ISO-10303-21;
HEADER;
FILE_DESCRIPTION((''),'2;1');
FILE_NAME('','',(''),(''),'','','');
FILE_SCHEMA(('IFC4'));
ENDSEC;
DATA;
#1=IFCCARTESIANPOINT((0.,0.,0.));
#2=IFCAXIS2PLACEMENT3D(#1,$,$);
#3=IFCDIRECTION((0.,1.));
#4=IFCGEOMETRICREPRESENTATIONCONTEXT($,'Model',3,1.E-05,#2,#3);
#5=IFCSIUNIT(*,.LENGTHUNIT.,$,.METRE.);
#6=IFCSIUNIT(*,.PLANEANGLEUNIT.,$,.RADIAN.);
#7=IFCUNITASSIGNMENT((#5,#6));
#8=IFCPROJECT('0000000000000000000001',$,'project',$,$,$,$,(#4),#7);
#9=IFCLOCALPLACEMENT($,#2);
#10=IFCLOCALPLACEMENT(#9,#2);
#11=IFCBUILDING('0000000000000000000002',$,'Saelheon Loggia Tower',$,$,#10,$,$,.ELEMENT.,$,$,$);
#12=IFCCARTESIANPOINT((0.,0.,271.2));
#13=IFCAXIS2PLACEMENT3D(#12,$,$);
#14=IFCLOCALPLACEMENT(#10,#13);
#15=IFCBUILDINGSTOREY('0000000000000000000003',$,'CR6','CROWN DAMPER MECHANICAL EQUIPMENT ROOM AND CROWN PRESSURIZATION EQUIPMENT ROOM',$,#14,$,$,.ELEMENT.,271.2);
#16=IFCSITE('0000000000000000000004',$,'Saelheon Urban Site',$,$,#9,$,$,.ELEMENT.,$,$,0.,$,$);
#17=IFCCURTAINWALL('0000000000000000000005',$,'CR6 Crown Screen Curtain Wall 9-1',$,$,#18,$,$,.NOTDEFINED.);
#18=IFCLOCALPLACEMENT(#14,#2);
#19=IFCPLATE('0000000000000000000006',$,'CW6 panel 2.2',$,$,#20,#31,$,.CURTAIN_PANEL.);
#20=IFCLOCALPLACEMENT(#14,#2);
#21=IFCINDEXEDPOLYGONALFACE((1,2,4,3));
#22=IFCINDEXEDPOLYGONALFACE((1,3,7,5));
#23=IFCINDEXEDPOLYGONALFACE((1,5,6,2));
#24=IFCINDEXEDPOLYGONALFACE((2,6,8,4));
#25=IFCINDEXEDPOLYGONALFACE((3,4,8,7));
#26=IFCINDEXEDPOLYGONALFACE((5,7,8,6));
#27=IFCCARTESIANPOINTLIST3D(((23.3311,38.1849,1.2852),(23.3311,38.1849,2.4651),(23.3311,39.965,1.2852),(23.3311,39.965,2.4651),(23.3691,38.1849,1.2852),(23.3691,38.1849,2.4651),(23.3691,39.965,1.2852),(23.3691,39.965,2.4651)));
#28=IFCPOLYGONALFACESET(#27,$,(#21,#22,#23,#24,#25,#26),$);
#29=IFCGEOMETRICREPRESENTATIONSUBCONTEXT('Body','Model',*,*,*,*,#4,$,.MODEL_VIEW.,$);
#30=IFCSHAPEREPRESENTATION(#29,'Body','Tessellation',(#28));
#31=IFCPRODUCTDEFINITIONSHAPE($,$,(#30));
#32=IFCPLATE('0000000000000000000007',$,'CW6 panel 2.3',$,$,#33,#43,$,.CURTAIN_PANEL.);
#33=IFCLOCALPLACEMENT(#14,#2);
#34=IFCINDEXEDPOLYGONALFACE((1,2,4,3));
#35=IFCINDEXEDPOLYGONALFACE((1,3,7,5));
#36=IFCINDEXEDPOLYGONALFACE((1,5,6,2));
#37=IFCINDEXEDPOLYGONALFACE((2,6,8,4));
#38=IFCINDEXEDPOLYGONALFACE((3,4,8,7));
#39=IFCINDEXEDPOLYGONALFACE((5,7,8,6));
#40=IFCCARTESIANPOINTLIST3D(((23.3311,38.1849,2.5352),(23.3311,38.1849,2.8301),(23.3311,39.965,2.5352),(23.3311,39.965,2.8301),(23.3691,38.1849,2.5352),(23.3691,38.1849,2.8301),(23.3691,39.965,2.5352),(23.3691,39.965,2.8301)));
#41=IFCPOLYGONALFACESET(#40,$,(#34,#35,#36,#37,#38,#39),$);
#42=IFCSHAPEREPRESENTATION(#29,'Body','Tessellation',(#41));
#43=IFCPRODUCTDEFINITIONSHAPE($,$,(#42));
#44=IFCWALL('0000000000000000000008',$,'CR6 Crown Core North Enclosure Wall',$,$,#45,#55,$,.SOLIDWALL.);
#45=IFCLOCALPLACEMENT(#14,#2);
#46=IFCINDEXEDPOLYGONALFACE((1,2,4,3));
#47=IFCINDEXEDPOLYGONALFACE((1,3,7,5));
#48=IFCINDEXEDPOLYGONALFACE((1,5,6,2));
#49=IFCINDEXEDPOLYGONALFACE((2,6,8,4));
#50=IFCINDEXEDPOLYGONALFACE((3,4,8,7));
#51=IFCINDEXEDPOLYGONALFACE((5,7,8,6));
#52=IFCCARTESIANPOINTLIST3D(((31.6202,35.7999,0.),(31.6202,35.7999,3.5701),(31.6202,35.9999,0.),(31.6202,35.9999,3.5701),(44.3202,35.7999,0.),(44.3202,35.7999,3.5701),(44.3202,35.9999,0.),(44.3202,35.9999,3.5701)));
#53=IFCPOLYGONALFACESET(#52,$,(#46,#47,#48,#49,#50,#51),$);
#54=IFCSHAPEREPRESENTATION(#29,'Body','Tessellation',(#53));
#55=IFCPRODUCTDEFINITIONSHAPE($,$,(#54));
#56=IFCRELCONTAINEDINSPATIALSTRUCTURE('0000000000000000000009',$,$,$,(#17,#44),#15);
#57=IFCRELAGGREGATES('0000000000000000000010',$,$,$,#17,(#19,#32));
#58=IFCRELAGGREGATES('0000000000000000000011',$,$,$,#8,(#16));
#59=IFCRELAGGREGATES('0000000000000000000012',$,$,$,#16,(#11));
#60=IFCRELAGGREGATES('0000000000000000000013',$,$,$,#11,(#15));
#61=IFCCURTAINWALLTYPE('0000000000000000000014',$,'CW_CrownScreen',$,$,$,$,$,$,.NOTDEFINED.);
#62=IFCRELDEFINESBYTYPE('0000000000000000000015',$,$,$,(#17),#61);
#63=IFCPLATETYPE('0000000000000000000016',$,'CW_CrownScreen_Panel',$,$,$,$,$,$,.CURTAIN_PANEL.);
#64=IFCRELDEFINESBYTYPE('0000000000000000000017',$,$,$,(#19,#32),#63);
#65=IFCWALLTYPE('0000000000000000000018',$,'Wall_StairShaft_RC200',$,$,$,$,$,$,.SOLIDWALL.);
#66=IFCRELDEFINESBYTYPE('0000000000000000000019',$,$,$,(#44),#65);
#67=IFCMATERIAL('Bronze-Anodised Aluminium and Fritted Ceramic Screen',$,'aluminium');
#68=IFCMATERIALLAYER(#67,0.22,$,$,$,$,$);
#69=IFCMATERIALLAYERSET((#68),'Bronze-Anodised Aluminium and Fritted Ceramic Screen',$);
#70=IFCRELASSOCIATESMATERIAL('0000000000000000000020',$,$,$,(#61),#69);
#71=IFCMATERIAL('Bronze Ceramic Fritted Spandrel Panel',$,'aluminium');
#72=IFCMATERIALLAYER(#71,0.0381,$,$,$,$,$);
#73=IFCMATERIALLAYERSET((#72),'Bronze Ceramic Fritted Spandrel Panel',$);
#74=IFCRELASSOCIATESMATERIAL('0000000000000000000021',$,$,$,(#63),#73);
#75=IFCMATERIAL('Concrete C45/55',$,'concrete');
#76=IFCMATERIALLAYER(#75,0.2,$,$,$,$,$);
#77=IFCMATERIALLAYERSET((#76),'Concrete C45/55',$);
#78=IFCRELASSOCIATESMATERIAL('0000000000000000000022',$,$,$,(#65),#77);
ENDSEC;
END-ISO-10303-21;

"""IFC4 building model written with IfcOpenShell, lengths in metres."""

from ifc_helpers import new_model, si_unit, direction, frame, frame_2d, origin, origin_2d, place, context, subcontext, project, spatial, rectangle, extrude, source, transform, mapped, material, layer, layer_set, type_object, element, aggregate, save


model = new_model("IFC4")

# Units and contexts
model_context = context("Model", 3, precision=1e-05, world=origin(), true_north=direction((0.0, 1.0)))
body_context = subcontext(model_context, "Body", "Model", "MODEL_VIEW")
ifc_project = project(units=[si_unit("LENGTHUNIT", "METRE"), si_unit("PLANEANGLEUNIT", "RADIAN")], contexts=[model_context])

# Site, building, storey
site_placement = place(None, origin())
site = spatial("IfcSite", under=ifc_project, at=site_placement, Name="Saelheon Urban Site", CompositionType="ELEMENT", RefElevation=0.0)
building_placement = place(site_placement, origin())
building = spatial("IfcBuilding", under=site, at=building_placement, Name="Saelheon Loggia Tower", CompositionType="ELEMENT")
storey_placement = place(building_placement, frame((0.0, 0.0, 271.2)))
storey = spatial("IfcBuildingStorey", under=building, at=storey_placement, Name="CR6", Description="CROWN DAMPER MECHANICAL EQUIPMENT ROOM AND CROWN PRESSURIZATION EQUIPMENT ROOM", CompositionType="ELEMENT", Elevation=271.2)

# Curtain wall, plates
ifc_material_1 = material(Name="Bronze-Anodised Aluminium and Fritted Ceramic Screen", Category="aluminium")
ifc_layer_1 = layer(ifc_material_1, 0.22)
ifc_layer_set_1 = layer_set([ifc_layer_1], Name="Bronze-Anodised Aluminium and Fritted Ceramic Screen")
curtain_wall_type = type_object("IfcCurtainWallType", Name="CW_CrownScreen", PredefinedType="NOTDEFINED", material=ifc_layer_set_1)
curtain_wall_placement = place(storey_placement, origin())
curtain_wall = element("IfcCurtainWall", 1, at=curtain_wall_placement, inside=storey, type_object=curtain_wall_type, Name="CR6 Crown Screen Curtain Wall 9-1", PredefinedType="NOTDEFINED")
ifc_material_2 = material(Name="Bronze Ceramic Fritted Spandrel Panel", Category="aluminium")
ifc_layer_2 = layer(ifc_material_2, 0.0381)
ifc_layer_set_2 = layer_set([ifc_layer_2], Name="Bronze Ceramic Fritted Spandrel Panel")
plate_type = type_object("IfcPlateType", Name="CW_CrownScreen_Panel", PredefinedType="CURTAIN_PANEL", material=ifc_layer_set_2)
shared_shape_1 = source(origin(), body_context, "Body", "SweptSolid", [
    extrude(rectangle(XDim=1.78, YDim=0.0381, at=origin_2d()), origin(), (0.0, 0.0, 1.0), 1.1799),
])
plate_1_placement = place(storey_placement, frame((23.3501, 39.075, 1.2852), z_axis=(0.0, 0.0, 1.0), x_axis=(0.0, -1.0, 0.0)))
plate_1 = element("IfcPlate", 2, at=plate_1_placement, type_object=plate_type, Name="CW6 panel 2.2", PredefinedType="CURTAIN_PANEL", context=body_context, shape_type="MappedRepresentation", body=[
    mapped(shared_shape_1, transform((0.0, 0.0, 0.0), scale=1.0)),
])
shared_shape_2 = source(origin(), body_context, "Body", "SweptSolid", [
    extrude(rectangle(XDim=1.78, YDim=0.0381, at=origin_2d()), origin(), (0.0, 0.0, 1.0), 0.2949),
])
plate_2_placement = place(storey_placement, frame((23.3501, 39.075, 2.5352), z_axis=(0.0, 0.0, 1.0), x_axis=(0.0, -1.0, 0.0)))
plate_2 = element("IfcPlate", 3, at=plate_2_placement, type_object=plate_type, Name="CW6 panel 2.3", PredefinedType="CURTAIN_PANEL", context=body_context, shape_type="MappedRepresentation", body=[
    mapped(shared_shape_2, transform((0.0, 0.0, 0.0), scale=1.0)),
])
aggregate(curtain_wall, [plate_1, plate_2])

# Wall
ifc_material_3 = material(Name="Concrete C45/55", Category="concrete")
ifc_layer_3 = layer(ifc_material_3, 0.2)
ifc_layer_set_3 = layer_set([ifc_layer_3], Name="Concrete C45/55")
wall_type = type_object("IfcWallType", Name="Wall_StairShaft_RC200", PredefinedType="SOLIDWALL", material=ifc_layer_set_3)
wall_placement = place(storey_placement, frame((31.6201, 35.8999, 0.0), z_axis=(0.0, 0.0, 1.0), x_axis=(1.0, 0.0, 0.0)))
element("IfcWall", 4, at=wall_placement, inside=storey, type_object=wall_type, Name="CR6 Crown Core North Enclosure Wall", PredefinedType="SOLIDWALL", context=body_context, shape_type="SweptSolid", body=[
    extrude(rectangle(XDim=12.7, YDim=0.2, at=frame_2d((6.3501, 0.0))), origin(), (0.0, 0.0, 1.0), 3.5701),
])

save(model, "model.ifc")
